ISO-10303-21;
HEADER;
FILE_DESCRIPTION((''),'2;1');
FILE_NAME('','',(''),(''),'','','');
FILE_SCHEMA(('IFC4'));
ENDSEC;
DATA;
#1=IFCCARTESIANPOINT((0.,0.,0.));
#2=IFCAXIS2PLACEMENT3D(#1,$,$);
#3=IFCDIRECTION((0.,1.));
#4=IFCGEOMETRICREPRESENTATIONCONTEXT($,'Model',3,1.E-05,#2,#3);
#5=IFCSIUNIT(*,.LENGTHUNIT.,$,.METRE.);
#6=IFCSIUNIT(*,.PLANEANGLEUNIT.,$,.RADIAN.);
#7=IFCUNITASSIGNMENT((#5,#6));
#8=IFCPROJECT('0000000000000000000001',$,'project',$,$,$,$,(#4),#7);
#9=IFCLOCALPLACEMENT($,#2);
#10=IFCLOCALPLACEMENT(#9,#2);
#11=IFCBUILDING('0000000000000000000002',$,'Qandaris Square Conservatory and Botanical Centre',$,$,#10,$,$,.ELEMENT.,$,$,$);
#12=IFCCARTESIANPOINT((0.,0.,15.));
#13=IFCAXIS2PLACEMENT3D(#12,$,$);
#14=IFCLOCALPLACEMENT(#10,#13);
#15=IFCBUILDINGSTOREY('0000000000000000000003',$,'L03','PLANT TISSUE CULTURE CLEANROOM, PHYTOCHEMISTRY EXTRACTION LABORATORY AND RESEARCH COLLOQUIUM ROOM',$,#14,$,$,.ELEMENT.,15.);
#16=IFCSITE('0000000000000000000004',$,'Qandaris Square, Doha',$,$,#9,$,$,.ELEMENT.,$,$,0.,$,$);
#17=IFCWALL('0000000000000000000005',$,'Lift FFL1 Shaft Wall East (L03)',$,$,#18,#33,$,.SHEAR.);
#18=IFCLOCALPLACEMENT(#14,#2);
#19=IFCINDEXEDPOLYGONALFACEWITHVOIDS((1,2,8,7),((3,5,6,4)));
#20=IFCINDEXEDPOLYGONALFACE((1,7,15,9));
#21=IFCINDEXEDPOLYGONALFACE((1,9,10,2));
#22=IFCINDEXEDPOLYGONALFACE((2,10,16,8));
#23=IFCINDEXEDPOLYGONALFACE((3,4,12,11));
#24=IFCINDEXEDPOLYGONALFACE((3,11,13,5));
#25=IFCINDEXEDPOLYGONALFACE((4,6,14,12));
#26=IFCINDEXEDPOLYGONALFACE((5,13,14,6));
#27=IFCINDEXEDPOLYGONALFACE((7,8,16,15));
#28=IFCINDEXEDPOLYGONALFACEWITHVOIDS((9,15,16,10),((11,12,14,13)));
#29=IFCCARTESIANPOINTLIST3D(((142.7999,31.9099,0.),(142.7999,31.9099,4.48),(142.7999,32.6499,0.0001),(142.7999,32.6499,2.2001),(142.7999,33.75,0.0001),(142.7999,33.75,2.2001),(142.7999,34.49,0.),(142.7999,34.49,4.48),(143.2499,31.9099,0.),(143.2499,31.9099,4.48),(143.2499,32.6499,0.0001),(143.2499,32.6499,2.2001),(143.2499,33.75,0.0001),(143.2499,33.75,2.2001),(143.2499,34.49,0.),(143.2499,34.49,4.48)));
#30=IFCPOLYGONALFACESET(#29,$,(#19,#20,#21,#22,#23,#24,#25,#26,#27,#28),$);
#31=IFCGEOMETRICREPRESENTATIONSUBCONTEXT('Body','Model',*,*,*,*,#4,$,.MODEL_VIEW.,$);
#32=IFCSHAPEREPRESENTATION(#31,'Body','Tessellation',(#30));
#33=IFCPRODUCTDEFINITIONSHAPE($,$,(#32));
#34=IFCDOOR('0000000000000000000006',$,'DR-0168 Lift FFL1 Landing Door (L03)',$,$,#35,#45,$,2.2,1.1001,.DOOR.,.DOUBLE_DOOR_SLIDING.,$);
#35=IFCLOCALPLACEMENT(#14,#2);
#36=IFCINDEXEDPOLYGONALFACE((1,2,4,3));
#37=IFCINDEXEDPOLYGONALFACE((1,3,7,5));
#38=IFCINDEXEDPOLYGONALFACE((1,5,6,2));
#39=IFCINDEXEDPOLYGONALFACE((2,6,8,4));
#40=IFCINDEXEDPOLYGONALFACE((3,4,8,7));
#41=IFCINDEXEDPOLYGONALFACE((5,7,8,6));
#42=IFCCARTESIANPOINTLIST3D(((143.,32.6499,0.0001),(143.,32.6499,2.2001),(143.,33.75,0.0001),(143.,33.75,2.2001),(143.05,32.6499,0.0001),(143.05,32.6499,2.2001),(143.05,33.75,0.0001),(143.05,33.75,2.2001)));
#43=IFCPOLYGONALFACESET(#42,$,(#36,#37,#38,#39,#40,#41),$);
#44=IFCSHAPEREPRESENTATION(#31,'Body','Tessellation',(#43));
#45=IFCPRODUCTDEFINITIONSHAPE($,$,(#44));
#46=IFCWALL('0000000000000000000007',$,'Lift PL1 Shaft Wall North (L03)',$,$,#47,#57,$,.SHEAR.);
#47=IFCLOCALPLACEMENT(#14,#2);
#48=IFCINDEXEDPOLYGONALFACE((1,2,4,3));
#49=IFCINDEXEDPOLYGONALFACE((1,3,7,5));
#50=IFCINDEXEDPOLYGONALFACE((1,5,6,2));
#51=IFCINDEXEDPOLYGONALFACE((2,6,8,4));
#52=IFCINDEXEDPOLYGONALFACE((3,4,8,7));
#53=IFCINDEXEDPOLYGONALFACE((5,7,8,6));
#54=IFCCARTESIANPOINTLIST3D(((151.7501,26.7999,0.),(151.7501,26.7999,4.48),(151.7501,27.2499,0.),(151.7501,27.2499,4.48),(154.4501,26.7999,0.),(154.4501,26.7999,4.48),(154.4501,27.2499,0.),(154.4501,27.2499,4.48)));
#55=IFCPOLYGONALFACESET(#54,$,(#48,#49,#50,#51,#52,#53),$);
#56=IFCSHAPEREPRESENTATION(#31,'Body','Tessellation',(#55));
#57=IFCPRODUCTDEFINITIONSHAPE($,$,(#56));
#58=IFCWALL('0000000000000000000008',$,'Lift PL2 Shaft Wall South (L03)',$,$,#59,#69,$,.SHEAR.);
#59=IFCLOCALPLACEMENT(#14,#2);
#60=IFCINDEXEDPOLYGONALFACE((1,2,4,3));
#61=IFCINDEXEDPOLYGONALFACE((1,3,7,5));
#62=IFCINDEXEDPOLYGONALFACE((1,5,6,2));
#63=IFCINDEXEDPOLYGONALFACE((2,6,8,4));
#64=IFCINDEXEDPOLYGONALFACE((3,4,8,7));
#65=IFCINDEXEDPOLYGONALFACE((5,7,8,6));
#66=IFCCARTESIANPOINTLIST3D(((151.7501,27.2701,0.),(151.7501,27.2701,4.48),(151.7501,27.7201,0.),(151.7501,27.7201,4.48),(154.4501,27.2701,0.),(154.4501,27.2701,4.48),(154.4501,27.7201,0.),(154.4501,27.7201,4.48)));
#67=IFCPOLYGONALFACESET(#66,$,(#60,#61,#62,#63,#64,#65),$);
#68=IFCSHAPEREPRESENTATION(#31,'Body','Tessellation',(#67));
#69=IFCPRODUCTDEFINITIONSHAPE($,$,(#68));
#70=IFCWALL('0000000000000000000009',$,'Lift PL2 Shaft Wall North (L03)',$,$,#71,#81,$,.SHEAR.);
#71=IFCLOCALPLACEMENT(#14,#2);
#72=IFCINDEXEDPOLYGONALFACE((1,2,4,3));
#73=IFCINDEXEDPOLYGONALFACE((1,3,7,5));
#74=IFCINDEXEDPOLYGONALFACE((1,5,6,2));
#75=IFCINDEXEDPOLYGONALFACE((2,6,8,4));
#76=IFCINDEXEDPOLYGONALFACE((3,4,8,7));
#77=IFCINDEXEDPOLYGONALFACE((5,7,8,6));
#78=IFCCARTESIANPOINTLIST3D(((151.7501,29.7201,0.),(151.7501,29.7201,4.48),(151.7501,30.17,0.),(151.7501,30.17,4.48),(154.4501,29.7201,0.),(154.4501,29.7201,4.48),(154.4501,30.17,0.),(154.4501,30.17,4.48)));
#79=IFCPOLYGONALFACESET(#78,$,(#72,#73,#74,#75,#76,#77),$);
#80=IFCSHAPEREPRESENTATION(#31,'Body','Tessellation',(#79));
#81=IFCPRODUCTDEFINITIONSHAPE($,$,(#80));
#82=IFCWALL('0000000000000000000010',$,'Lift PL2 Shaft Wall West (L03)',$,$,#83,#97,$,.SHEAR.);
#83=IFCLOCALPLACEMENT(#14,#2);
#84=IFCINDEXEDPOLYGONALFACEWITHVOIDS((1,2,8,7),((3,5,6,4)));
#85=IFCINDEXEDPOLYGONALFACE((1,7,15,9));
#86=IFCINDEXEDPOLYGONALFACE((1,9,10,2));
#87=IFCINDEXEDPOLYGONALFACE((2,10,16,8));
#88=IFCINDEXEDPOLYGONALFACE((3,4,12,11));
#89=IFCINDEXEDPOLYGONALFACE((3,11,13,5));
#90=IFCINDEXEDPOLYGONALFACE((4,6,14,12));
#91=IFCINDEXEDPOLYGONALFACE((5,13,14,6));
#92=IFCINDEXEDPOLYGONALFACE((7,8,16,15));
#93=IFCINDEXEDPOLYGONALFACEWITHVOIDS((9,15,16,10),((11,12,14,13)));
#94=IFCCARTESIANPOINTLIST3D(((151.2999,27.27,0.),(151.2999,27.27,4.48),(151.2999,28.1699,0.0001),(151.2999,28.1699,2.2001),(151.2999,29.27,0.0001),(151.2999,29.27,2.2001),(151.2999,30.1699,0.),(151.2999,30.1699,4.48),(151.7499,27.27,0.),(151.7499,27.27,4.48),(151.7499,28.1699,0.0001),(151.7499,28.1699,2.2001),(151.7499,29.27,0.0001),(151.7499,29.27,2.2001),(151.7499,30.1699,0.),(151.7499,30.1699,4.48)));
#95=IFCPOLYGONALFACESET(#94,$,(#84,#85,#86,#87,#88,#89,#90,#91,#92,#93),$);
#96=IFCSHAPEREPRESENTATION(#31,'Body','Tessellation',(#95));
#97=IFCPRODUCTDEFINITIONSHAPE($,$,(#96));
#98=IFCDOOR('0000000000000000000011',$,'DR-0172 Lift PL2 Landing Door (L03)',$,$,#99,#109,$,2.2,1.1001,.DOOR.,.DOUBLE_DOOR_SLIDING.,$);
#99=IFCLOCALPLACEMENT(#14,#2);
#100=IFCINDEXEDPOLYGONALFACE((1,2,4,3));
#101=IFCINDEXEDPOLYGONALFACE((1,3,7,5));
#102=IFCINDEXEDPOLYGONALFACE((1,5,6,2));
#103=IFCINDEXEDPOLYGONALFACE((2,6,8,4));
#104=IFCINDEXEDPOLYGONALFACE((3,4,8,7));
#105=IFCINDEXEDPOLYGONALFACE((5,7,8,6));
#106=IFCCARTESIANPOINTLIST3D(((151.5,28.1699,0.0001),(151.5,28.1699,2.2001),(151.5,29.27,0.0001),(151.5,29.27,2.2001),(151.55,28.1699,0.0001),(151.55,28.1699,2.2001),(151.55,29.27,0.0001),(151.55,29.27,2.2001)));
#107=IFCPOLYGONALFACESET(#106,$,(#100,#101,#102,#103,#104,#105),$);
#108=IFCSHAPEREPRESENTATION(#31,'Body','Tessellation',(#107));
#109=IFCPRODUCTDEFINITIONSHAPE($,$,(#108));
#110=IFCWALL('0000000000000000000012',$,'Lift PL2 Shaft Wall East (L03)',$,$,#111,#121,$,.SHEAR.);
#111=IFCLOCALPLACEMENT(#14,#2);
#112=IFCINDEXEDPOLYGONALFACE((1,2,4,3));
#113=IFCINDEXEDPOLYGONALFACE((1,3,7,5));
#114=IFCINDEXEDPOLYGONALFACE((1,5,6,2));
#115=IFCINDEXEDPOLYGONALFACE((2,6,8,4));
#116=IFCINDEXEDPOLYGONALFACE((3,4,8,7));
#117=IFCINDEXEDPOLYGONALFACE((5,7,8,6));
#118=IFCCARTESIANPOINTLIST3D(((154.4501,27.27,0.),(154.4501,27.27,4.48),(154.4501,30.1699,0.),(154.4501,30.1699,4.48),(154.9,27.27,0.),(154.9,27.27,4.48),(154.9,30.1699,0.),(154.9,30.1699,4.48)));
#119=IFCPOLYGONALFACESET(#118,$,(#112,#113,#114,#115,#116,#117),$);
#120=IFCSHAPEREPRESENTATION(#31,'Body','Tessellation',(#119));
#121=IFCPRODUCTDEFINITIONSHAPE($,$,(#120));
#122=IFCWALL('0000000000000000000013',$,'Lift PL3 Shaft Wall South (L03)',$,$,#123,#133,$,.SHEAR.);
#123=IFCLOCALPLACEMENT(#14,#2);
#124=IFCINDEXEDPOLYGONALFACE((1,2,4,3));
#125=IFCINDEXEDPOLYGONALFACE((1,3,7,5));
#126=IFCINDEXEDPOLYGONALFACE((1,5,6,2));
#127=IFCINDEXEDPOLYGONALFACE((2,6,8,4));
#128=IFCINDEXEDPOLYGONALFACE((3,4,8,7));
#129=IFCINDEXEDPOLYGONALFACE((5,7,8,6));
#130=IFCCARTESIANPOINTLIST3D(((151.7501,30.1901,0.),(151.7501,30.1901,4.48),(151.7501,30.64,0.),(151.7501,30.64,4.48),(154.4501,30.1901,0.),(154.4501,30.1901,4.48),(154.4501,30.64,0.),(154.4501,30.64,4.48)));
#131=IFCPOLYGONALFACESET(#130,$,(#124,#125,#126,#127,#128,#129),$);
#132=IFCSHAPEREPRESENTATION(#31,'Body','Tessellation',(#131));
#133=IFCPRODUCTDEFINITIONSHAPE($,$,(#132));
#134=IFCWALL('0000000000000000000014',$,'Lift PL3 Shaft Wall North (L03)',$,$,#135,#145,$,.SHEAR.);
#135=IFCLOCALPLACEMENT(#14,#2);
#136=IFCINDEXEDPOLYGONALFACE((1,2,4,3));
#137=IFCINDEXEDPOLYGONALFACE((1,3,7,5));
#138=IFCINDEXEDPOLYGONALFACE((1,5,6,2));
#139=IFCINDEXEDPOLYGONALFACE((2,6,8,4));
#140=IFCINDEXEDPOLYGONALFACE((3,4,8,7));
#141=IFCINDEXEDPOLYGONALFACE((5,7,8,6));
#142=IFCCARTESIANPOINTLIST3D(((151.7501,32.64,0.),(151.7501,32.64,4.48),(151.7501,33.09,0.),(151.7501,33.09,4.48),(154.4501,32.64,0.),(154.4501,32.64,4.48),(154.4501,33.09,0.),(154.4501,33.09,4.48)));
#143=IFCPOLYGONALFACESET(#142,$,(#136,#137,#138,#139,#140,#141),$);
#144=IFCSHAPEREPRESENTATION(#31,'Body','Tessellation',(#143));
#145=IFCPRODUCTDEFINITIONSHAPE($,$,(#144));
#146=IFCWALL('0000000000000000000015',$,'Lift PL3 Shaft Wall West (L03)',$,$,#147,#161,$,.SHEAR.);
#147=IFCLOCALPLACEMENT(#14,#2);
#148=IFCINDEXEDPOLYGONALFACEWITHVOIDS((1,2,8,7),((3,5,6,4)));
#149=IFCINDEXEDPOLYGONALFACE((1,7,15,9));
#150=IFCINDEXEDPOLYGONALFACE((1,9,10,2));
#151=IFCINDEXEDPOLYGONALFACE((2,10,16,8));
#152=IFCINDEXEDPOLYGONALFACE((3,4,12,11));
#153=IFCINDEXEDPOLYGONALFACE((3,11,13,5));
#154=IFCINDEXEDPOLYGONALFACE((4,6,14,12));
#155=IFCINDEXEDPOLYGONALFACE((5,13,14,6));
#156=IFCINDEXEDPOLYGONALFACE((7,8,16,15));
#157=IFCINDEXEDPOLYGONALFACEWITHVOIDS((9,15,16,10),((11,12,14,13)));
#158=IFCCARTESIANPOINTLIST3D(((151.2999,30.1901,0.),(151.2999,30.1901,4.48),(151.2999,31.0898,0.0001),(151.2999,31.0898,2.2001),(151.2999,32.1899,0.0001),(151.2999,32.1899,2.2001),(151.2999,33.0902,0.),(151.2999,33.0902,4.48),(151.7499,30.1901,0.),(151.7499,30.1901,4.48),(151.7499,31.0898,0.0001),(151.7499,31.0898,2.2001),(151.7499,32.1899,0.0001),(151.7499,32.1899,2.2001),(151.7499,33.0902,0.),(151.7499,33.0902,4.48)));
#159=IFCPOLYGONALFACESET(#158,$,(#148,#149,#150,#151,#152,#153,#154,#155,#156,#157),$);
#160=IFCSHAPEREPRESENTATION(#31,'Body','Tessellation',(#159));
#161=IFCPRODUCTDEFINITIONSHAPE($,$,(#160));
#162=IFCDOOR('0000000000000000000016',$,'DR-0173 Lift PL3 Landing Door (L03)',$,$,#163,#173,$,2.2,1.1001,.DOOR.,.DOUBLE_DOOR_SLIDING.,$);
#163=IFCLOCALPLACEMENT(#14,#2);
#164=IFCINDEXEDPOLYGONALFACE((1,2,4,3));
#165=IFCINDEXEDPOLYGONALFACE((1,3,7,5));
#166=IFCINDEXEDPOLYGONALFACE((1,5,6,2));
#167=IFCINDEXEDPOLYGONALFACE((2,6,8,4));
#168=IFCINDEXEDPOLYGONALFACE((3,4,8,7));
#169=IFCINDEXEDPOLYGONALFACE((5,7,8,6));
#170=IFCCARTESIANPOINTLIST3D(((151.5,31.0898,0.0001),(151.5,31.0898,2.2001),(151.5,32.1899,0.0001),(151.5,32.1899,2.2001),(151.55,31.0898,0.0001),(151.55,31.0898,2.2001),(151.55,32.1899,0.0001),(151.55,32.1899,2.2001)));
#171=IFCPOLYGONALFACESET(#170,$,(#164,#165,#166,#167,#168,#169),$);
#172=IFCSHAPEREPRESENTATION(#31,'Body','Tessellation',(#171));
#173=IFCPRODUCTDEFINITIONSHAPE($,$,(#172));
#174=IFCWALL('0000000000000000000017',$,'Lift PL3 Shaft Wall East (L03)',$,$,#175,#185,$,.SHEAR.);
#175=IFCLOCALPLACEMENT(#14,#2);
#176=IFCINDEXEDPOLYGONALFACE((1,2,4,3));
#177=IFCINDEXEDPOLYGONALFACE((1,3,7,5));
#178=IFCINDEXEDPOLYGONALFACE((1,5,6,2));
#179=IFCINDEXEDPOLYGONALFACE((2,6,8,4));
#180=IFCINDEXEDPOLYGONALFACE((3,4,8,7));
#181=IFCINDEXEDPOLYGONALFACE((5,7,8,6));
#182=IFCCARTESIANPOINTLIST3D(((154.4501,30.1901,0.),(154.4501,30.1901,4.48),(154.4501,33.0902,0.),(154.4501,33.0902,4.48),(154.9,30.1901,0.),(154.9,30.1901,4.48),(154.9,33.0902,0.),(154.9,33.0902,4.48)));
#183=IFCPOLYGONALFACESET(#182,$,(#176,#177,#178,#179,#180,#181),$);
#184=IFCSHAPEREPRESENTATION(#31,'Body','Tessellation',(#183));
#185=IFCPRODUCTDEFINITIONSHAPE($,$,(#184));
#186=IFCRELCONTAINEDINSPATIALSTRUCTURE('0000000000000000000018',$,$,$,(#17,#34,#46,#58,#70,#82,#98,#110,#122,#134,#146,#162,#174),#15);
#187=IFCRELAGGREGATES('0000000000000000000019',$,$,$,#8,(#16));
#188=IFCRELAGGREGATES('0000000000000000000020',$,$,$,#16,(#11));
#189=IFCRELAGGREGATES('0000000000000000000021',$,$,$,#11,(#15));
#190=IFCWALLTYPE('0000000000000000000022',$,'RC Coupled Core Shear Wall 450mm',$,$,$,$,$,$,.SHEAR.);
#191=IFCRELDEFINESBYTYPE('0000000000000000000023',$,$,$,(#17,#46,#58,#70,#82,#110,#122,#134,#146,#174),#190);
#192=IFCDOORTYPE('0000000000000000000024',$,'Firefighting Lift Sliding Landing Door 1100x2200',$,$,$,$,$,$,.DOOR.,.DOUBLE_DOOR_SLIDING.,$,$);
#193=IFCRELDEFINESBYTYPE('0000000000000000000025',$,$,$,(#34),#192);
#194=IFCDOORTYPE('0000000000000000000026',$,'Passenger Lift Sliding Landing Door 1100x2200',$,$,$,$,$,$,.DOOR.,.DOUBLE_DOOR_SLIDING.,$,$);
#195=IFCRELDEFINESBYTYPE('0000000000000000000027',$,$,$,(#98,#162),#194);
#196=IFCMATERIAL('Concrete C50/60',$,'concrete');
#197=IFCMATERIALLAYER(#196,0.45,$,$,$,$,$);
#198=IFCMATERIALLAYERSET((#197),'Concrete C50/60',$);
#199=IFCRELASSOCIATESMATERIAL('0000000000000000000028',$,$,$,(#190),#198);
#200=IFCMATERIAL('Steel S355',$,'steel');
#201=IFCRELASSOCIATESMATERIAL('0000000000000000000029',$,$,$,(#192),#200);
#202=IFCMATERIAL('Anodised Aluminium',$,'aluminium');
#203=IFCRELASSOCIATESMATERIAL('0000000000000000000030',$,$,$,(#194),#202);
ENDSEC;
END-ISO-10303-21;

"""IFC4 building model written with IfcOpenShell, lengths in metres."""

from ifc_helpers import new_model, si_unit, direction, frame, frame_2d, origin, place, context, subcontext, project, spatial, rectangle, extrude, material, layer, layer_set, type_object, element, fill, save


model = new_model("IFC4")

# Units and contexts
model_context = context("Model", 3, precision=1e-05, world=origin(), true_north=direction((0.0, 1.0)))
body_context = subcontext(model_context, "Body", "Model", "MODEL_VIEW")
ifc_project = project(units=[si_unit("LENGTHUNIT", "METRE"), si_unit("PLANEANGLEUNIT", "RADIAN")], contexts=[model_context])

# Site, building, storey
site_placement = place(None, origin())
site = spatial("IfcSite", under=ifc_project, at=site_placement, Name="Qandaris Square, Doha", CompositionType="ELEMENT", RefElevation=0.0)
building_placement = place(site_placement, origin())
building = spatial("IfcBuilding", under=site, at=building_placement, Name="Qandaris Square Conservatory and Botanical Centre", CompositionType="ELEMENT")
storey_placement = place(building_placement, frame((0.0, 0.0, 15.0)))
storey = spatial("IfcBuildingStorey", under=building, at=storey_placement, Name="L03", Description="PLANT TISSUE CULTURE CLEANROOM, PHYTOCHEMISTRY EXTRACTION LABORATORY AND RESEARCH COLLOQUIUM ROOM", CompositionType="ELEMENT", Elevation=15.0)

# Shared definitions
ifc_material_1 = material(Name="Concrete C50/60", Category="concrete")

# Shared definitions
ifc_material_2 = material(Name="Steel S355", Category="steel")

# Shared definitions
ifc_layer_1 = layer(ifc_material_1, 0.45)
ifc_layer_set_1 = layer_set([ifc_layer_1], Name="Concrete C50/60")
wall_type_1 = type_object("IfcWallType", Name="RC Coupled Core Shear Wall 450mm", PredefinedType="SHEAR", material=ifc_layer_set_1)

# Wall, opening, door
wall_1_placement = place(storey_placement, frame((143.0249, 31.9099, 0.0), z_axis=(0.0, 0.0, 1.0), x_axis=(0.0, 1.0, 0.0)))
wall_1 = element("IfcWall", 1, at=wall_1_placement, inside=storey, type_object=wall_type_1, Name="Lift FFL1 Shaft Wall East (L03)", PredefinedType="SHEAR", context=body_context, shape_type="SweptSolid", body=[
    extrude(rectangle(XDim=2.5801, YDim=0.45, at=frame_2d((1.29, 0.0))), origin(), (0.0, 0.0, 1.0), 4.48),
])
opening_1_placement = place(wall_1_placement, frame((0.74, 0.0, 0.0)))
opening_1 = element("IfcOpeningElement", 2, at=opening_1_placement, cuts=wall_1, PredefinedType="OPENING", context=body_context, shape_type="SweptSolid", body=[
    extrude(rectangle(XDim=1.1001, YDim=2.2, at=frame_2d((0.55, 1.1001))), frame((0.0, 0.2368, 0.0), z_axis=(0.0, -1.0, 0.0), x_axis=(1.0, 0.0, 0.0)), (0.0, 0.0, 1.0), 0.4739),
])
door_type_1 = type_object("IfcDoorType", Name="Firefighting Lift Sliding Landing Door 1100x2200", OperationType="DOUBLE_DOOR_SLIDING", PredefinedType="DOOR", material=ifc_material_2)
door_1_placement = place(opening_1_placement, origin())
door_1 = element("IfcDoor", 3, at=door_1_placement, inside=storey, type_object=door_type_1, Name="DR-0168 Lift FFL1 Landing Door (L03)", OperationType="DOUBLE_DOOR_SLIDING", OverallHeight=2.2, OverallWidth=1.1001, PredefinedType="DOOR", context=body_context, shape_type="SweptSolid", body=[
    extrude(rectangle(XDim=1.1001, YDim=2.2, at=frame_2d((0.55, 1.1001))), frame((0.0, 0.0249, 0.0), z_axis=(0.0, -1.0, 0.0), x_axis=(1.0, 0.0, 0.0)), (0.0, 0.0, 1.0), 0.05),
])
fill(opening_1, door_1)

# Walls
for number, where, z_axis, x_axis, name in (
    (4, (151.75, 27.0249, 0.0), (0.0, 0.0, 1.0), (1.0, 0.0, 0.0), "Lift PL1 Shaft Wall North (L03)"),
    (5, (151.75, 27.4951, 0.0), (0.0, 0.0, 1.0), (1.0, 0.0, 0.0), "Lift PL2 Shaft Wall South (L03)"),
    (6, (151.75, 29.9451, 0.0), (0.0, 0.0, 1.0), (1.0, 0.0, 0.0), "Lift PL2 Shaft Wall North (L03)"),
):
    element("IfcWall", number, at=place(storey_placement, frame(where, z_axis=z_axis, x_axis=x_axis)), inside=storey, type_object=wall_type_1, Name=name, PredefinedType="SHEAR", context=body_context, shape_type="SweptSolid", body=[
        extrude(rectangle(XDim=2.7, YDim=0.45, at=frame_2d((1.3501, 0.0))), origin(), (0.0, 0.0, 1.0), 4.48),
    ])

# Wall, opening, door
wall_2_placement = place(storey_placement, frame((151.5249, 27.27, 0.0), z_axis=(0.0, 0.0, 1.0), x_axis=(0.0, 1.0, 0.0)))
wall_2 = element("IfcWall", 7, at=wall_2_placement, inside=storey, type_object=wall_type_1, Name="Lift PL2 Shaft Wall West (L03)", PredefinedType="SHEAR", context=body_context, shape_type="SweptSolid", body=[
    extrude(rectangle(XDim=2.8999, YDim=0.45, at=frame_2d((1.45, 0.0))), origin(), (0.0, 0.0, 1.0), 4.48),
])
opening_2_placement = place(wall_2_placement, frame((0.8999, 0.0, 0.0)))
opening_2 = element("IfcOpeningElement", 8, at=opening_2_placement, cuts=wall_2, PredefinedType="OPENING", context=body_context, shape_type="SweptSolid", body=[
    extrude(rectangle(XDim=1.1001, YDim=2.2, at=frame_2d((0.55, 1.1001))), frame((0.0, 0.2368, 0.0), z_axis=(0.0, -1.0, 0.0), x_axis=(1.0, 0.0, 0.0)), (0.0, 0.0, 1.0), 0.4739),
])
ifc_material_3 = material(Name="Anodised Aluminium", Category="aluminium")
door_type_2 = type_object("IfcDoorType", Name="Passenger Lift Sliding Landing Door 1100x2200", OperationType="DOUBLE_DOOR_SLIDING", PredefinedType="DOOR", material=ifc_material_3)
door_2_placement = place(opening_2_placement, origin())
door_2 = element("IfcDoor", 9, at=door_2_placement, inside=storey, type_object=door_type_2, Name="DR-0172 Lift PL2 Landing Door (L03)", OperationType="DOUBLE_DOOR_SLIDING", OverallHeight=2.2, OverallWidth=1.1001, PredefinedType="DOOR", context=body_context, shape_type="SweptSolid", body=[
    extrude(rectangle(XDim=1.1001, YDim=2.2, at=frame_2d((0.55, 1.1001))), frame((0.0, 0.0249, 0.0), z_axis=(0.0, -1.0, 0.0), x_axis=(1.0, 0.0, 0.0)), (0.0, 0.0, 1.0), 0.05),
])
fill(opening_2, door_2)

# Walls
wall_3_placement = place(storey_placement, frame((154.675, 27.27, 0.0), z_axis=(0.0, 0.0, 1.0), x_axis=(0.0, 1.0, 0.0)))
element("IfcWall", 10, at=wall_3_placement, inside=storey, type_object=wall_type_1, Name="Lift PL2 Shaft Wall East (L03)", PredefinedType="SHEAR", context=body_context, shape_type="SweptSolid", body=[
    extrude(rectangle(XDim=2.8999, YDim=0.45, at=frame_2d((1.45, 0.0))), origin(), (0.0, 0.0, 1.0), 4.48),
])
for number, where, z_axis, x_axis, name in (
    (11, (151.75, 30.415, 0.0), (0.0, 0.0, 1.0), (1.0, 0.0, 0.0), "Lift PL3 Shaft Wall South (L03)"),
    (12, (151.75, 32.865, 0.0), (0.0, 0.0, 1.0), (1.0, 0.0, 0.0), "Lift PL3 Shaft Wall North (L03)"),
):
    element("IfcWall", number, at=place(storey_placement, frame(where, z_axis=z_axis, x_axis=x_axis)), inside=storey, type_object=wall_type_1, Name=name, PredefinedType="SHEAR", context=body_context, shape_type="SweptSolid", body=[
        extrude(rectangle(XDim=2.7, YDim=0.45, at=frame_2d((1.3501, 0.0))), origin(), (0.0, 0.0, 1.0), 4.48),
    ])

# Wall, opening, door
wall_4_placement = place(storey_placement, frame((151.5249, 30.1899, 0.0), z_axis=(0.0, 0.0, 1.0), x_axis=(0.0, 1.0, 0.0)))
wall_4 = element("IfcWall", 13, at=wall_4_placement, inside=storey, type_object=wall_type_1, Name="Lift PL3 Shaft Wall West (L03)", PredefinedType="SHEAR", context=body_context, shape_type="SweptSolid", body=[
    extrude(rectangle(XDim=2.9001, YDim=0.45, at=frame_2d((1.4502, 0.0))), origin(), (0.0, 0.0, 1.0), 4.48),
])
opening_3_placement = place(wall_4_placement, frame((0.8999, 0.0, 0.0)))
opening_3 = element("IfcOpeningElement", 14, at=opening_3_placement, cuts=wall_4, PredefinedType="OPENING", context=body_context, shape_type="SweptSolid", body=[
    extrude(rectangle(XDim=1.1001, YDim=2.2, at=frame_2d((0.55, 1.1001))), frame((0.0, 0.2368, 0.0), z_axis=(0.0, -1.0, 0.0), x_axis=(1.0, 0.0, 0.0)), (0.0, 0.0, 1.0), 0.4739),
])
door_3_placement = place(opening_3_placement, origin())
door_3 = element("IfcDoor", 15, at=door_3_placement, inside=storey, type_object=door_type_2, Name="DR-0173 Lift PL3 Landing Door (L03)", OperationType="DOUBLE_DOOR_SLIDING", OverallHeight=2.2, OverallWidth=1.1001, PredefinedType="DOOR", context=body_context, shape_type="SweptSolid", body=[
    extrude(rectangle(XDim=1.1001, YDim=2.2, at=frame_2d((0.55, 1.1001))), frame((0.0, 0.0249, 0.0), z_axis=(0.0, -1.0, 0.0), x_axis=(1.0, 0.0, 0.0)), (0.0, 0.0, 1.0), 0.05),
])
fill(opening_3, door_3)

# Wall
wall_5_placement = place(storey_placement, frame((154.675, 30.1899, 0.0), z_axis=(0.0, 0.0, 1.0), x_axis=(0.0, 1.0, 0.0)))
element("IfcWall", 16, at=wall_5_placement, inside=storey, type_object=wall_type_1, Name="Lift PL3 Shaft Wall East (L03)", PredefinedType="SHEAR", context=body_context, shape_type="SweptSolid", body=[
    extrude(rectangle(XDim=2.9001, YDim=0.45, at=frame_2d((1.4502, 0.0))), origin(), (0.0, 0.0, 1.0), 4.48),
])

save(model, "model.ifc")
